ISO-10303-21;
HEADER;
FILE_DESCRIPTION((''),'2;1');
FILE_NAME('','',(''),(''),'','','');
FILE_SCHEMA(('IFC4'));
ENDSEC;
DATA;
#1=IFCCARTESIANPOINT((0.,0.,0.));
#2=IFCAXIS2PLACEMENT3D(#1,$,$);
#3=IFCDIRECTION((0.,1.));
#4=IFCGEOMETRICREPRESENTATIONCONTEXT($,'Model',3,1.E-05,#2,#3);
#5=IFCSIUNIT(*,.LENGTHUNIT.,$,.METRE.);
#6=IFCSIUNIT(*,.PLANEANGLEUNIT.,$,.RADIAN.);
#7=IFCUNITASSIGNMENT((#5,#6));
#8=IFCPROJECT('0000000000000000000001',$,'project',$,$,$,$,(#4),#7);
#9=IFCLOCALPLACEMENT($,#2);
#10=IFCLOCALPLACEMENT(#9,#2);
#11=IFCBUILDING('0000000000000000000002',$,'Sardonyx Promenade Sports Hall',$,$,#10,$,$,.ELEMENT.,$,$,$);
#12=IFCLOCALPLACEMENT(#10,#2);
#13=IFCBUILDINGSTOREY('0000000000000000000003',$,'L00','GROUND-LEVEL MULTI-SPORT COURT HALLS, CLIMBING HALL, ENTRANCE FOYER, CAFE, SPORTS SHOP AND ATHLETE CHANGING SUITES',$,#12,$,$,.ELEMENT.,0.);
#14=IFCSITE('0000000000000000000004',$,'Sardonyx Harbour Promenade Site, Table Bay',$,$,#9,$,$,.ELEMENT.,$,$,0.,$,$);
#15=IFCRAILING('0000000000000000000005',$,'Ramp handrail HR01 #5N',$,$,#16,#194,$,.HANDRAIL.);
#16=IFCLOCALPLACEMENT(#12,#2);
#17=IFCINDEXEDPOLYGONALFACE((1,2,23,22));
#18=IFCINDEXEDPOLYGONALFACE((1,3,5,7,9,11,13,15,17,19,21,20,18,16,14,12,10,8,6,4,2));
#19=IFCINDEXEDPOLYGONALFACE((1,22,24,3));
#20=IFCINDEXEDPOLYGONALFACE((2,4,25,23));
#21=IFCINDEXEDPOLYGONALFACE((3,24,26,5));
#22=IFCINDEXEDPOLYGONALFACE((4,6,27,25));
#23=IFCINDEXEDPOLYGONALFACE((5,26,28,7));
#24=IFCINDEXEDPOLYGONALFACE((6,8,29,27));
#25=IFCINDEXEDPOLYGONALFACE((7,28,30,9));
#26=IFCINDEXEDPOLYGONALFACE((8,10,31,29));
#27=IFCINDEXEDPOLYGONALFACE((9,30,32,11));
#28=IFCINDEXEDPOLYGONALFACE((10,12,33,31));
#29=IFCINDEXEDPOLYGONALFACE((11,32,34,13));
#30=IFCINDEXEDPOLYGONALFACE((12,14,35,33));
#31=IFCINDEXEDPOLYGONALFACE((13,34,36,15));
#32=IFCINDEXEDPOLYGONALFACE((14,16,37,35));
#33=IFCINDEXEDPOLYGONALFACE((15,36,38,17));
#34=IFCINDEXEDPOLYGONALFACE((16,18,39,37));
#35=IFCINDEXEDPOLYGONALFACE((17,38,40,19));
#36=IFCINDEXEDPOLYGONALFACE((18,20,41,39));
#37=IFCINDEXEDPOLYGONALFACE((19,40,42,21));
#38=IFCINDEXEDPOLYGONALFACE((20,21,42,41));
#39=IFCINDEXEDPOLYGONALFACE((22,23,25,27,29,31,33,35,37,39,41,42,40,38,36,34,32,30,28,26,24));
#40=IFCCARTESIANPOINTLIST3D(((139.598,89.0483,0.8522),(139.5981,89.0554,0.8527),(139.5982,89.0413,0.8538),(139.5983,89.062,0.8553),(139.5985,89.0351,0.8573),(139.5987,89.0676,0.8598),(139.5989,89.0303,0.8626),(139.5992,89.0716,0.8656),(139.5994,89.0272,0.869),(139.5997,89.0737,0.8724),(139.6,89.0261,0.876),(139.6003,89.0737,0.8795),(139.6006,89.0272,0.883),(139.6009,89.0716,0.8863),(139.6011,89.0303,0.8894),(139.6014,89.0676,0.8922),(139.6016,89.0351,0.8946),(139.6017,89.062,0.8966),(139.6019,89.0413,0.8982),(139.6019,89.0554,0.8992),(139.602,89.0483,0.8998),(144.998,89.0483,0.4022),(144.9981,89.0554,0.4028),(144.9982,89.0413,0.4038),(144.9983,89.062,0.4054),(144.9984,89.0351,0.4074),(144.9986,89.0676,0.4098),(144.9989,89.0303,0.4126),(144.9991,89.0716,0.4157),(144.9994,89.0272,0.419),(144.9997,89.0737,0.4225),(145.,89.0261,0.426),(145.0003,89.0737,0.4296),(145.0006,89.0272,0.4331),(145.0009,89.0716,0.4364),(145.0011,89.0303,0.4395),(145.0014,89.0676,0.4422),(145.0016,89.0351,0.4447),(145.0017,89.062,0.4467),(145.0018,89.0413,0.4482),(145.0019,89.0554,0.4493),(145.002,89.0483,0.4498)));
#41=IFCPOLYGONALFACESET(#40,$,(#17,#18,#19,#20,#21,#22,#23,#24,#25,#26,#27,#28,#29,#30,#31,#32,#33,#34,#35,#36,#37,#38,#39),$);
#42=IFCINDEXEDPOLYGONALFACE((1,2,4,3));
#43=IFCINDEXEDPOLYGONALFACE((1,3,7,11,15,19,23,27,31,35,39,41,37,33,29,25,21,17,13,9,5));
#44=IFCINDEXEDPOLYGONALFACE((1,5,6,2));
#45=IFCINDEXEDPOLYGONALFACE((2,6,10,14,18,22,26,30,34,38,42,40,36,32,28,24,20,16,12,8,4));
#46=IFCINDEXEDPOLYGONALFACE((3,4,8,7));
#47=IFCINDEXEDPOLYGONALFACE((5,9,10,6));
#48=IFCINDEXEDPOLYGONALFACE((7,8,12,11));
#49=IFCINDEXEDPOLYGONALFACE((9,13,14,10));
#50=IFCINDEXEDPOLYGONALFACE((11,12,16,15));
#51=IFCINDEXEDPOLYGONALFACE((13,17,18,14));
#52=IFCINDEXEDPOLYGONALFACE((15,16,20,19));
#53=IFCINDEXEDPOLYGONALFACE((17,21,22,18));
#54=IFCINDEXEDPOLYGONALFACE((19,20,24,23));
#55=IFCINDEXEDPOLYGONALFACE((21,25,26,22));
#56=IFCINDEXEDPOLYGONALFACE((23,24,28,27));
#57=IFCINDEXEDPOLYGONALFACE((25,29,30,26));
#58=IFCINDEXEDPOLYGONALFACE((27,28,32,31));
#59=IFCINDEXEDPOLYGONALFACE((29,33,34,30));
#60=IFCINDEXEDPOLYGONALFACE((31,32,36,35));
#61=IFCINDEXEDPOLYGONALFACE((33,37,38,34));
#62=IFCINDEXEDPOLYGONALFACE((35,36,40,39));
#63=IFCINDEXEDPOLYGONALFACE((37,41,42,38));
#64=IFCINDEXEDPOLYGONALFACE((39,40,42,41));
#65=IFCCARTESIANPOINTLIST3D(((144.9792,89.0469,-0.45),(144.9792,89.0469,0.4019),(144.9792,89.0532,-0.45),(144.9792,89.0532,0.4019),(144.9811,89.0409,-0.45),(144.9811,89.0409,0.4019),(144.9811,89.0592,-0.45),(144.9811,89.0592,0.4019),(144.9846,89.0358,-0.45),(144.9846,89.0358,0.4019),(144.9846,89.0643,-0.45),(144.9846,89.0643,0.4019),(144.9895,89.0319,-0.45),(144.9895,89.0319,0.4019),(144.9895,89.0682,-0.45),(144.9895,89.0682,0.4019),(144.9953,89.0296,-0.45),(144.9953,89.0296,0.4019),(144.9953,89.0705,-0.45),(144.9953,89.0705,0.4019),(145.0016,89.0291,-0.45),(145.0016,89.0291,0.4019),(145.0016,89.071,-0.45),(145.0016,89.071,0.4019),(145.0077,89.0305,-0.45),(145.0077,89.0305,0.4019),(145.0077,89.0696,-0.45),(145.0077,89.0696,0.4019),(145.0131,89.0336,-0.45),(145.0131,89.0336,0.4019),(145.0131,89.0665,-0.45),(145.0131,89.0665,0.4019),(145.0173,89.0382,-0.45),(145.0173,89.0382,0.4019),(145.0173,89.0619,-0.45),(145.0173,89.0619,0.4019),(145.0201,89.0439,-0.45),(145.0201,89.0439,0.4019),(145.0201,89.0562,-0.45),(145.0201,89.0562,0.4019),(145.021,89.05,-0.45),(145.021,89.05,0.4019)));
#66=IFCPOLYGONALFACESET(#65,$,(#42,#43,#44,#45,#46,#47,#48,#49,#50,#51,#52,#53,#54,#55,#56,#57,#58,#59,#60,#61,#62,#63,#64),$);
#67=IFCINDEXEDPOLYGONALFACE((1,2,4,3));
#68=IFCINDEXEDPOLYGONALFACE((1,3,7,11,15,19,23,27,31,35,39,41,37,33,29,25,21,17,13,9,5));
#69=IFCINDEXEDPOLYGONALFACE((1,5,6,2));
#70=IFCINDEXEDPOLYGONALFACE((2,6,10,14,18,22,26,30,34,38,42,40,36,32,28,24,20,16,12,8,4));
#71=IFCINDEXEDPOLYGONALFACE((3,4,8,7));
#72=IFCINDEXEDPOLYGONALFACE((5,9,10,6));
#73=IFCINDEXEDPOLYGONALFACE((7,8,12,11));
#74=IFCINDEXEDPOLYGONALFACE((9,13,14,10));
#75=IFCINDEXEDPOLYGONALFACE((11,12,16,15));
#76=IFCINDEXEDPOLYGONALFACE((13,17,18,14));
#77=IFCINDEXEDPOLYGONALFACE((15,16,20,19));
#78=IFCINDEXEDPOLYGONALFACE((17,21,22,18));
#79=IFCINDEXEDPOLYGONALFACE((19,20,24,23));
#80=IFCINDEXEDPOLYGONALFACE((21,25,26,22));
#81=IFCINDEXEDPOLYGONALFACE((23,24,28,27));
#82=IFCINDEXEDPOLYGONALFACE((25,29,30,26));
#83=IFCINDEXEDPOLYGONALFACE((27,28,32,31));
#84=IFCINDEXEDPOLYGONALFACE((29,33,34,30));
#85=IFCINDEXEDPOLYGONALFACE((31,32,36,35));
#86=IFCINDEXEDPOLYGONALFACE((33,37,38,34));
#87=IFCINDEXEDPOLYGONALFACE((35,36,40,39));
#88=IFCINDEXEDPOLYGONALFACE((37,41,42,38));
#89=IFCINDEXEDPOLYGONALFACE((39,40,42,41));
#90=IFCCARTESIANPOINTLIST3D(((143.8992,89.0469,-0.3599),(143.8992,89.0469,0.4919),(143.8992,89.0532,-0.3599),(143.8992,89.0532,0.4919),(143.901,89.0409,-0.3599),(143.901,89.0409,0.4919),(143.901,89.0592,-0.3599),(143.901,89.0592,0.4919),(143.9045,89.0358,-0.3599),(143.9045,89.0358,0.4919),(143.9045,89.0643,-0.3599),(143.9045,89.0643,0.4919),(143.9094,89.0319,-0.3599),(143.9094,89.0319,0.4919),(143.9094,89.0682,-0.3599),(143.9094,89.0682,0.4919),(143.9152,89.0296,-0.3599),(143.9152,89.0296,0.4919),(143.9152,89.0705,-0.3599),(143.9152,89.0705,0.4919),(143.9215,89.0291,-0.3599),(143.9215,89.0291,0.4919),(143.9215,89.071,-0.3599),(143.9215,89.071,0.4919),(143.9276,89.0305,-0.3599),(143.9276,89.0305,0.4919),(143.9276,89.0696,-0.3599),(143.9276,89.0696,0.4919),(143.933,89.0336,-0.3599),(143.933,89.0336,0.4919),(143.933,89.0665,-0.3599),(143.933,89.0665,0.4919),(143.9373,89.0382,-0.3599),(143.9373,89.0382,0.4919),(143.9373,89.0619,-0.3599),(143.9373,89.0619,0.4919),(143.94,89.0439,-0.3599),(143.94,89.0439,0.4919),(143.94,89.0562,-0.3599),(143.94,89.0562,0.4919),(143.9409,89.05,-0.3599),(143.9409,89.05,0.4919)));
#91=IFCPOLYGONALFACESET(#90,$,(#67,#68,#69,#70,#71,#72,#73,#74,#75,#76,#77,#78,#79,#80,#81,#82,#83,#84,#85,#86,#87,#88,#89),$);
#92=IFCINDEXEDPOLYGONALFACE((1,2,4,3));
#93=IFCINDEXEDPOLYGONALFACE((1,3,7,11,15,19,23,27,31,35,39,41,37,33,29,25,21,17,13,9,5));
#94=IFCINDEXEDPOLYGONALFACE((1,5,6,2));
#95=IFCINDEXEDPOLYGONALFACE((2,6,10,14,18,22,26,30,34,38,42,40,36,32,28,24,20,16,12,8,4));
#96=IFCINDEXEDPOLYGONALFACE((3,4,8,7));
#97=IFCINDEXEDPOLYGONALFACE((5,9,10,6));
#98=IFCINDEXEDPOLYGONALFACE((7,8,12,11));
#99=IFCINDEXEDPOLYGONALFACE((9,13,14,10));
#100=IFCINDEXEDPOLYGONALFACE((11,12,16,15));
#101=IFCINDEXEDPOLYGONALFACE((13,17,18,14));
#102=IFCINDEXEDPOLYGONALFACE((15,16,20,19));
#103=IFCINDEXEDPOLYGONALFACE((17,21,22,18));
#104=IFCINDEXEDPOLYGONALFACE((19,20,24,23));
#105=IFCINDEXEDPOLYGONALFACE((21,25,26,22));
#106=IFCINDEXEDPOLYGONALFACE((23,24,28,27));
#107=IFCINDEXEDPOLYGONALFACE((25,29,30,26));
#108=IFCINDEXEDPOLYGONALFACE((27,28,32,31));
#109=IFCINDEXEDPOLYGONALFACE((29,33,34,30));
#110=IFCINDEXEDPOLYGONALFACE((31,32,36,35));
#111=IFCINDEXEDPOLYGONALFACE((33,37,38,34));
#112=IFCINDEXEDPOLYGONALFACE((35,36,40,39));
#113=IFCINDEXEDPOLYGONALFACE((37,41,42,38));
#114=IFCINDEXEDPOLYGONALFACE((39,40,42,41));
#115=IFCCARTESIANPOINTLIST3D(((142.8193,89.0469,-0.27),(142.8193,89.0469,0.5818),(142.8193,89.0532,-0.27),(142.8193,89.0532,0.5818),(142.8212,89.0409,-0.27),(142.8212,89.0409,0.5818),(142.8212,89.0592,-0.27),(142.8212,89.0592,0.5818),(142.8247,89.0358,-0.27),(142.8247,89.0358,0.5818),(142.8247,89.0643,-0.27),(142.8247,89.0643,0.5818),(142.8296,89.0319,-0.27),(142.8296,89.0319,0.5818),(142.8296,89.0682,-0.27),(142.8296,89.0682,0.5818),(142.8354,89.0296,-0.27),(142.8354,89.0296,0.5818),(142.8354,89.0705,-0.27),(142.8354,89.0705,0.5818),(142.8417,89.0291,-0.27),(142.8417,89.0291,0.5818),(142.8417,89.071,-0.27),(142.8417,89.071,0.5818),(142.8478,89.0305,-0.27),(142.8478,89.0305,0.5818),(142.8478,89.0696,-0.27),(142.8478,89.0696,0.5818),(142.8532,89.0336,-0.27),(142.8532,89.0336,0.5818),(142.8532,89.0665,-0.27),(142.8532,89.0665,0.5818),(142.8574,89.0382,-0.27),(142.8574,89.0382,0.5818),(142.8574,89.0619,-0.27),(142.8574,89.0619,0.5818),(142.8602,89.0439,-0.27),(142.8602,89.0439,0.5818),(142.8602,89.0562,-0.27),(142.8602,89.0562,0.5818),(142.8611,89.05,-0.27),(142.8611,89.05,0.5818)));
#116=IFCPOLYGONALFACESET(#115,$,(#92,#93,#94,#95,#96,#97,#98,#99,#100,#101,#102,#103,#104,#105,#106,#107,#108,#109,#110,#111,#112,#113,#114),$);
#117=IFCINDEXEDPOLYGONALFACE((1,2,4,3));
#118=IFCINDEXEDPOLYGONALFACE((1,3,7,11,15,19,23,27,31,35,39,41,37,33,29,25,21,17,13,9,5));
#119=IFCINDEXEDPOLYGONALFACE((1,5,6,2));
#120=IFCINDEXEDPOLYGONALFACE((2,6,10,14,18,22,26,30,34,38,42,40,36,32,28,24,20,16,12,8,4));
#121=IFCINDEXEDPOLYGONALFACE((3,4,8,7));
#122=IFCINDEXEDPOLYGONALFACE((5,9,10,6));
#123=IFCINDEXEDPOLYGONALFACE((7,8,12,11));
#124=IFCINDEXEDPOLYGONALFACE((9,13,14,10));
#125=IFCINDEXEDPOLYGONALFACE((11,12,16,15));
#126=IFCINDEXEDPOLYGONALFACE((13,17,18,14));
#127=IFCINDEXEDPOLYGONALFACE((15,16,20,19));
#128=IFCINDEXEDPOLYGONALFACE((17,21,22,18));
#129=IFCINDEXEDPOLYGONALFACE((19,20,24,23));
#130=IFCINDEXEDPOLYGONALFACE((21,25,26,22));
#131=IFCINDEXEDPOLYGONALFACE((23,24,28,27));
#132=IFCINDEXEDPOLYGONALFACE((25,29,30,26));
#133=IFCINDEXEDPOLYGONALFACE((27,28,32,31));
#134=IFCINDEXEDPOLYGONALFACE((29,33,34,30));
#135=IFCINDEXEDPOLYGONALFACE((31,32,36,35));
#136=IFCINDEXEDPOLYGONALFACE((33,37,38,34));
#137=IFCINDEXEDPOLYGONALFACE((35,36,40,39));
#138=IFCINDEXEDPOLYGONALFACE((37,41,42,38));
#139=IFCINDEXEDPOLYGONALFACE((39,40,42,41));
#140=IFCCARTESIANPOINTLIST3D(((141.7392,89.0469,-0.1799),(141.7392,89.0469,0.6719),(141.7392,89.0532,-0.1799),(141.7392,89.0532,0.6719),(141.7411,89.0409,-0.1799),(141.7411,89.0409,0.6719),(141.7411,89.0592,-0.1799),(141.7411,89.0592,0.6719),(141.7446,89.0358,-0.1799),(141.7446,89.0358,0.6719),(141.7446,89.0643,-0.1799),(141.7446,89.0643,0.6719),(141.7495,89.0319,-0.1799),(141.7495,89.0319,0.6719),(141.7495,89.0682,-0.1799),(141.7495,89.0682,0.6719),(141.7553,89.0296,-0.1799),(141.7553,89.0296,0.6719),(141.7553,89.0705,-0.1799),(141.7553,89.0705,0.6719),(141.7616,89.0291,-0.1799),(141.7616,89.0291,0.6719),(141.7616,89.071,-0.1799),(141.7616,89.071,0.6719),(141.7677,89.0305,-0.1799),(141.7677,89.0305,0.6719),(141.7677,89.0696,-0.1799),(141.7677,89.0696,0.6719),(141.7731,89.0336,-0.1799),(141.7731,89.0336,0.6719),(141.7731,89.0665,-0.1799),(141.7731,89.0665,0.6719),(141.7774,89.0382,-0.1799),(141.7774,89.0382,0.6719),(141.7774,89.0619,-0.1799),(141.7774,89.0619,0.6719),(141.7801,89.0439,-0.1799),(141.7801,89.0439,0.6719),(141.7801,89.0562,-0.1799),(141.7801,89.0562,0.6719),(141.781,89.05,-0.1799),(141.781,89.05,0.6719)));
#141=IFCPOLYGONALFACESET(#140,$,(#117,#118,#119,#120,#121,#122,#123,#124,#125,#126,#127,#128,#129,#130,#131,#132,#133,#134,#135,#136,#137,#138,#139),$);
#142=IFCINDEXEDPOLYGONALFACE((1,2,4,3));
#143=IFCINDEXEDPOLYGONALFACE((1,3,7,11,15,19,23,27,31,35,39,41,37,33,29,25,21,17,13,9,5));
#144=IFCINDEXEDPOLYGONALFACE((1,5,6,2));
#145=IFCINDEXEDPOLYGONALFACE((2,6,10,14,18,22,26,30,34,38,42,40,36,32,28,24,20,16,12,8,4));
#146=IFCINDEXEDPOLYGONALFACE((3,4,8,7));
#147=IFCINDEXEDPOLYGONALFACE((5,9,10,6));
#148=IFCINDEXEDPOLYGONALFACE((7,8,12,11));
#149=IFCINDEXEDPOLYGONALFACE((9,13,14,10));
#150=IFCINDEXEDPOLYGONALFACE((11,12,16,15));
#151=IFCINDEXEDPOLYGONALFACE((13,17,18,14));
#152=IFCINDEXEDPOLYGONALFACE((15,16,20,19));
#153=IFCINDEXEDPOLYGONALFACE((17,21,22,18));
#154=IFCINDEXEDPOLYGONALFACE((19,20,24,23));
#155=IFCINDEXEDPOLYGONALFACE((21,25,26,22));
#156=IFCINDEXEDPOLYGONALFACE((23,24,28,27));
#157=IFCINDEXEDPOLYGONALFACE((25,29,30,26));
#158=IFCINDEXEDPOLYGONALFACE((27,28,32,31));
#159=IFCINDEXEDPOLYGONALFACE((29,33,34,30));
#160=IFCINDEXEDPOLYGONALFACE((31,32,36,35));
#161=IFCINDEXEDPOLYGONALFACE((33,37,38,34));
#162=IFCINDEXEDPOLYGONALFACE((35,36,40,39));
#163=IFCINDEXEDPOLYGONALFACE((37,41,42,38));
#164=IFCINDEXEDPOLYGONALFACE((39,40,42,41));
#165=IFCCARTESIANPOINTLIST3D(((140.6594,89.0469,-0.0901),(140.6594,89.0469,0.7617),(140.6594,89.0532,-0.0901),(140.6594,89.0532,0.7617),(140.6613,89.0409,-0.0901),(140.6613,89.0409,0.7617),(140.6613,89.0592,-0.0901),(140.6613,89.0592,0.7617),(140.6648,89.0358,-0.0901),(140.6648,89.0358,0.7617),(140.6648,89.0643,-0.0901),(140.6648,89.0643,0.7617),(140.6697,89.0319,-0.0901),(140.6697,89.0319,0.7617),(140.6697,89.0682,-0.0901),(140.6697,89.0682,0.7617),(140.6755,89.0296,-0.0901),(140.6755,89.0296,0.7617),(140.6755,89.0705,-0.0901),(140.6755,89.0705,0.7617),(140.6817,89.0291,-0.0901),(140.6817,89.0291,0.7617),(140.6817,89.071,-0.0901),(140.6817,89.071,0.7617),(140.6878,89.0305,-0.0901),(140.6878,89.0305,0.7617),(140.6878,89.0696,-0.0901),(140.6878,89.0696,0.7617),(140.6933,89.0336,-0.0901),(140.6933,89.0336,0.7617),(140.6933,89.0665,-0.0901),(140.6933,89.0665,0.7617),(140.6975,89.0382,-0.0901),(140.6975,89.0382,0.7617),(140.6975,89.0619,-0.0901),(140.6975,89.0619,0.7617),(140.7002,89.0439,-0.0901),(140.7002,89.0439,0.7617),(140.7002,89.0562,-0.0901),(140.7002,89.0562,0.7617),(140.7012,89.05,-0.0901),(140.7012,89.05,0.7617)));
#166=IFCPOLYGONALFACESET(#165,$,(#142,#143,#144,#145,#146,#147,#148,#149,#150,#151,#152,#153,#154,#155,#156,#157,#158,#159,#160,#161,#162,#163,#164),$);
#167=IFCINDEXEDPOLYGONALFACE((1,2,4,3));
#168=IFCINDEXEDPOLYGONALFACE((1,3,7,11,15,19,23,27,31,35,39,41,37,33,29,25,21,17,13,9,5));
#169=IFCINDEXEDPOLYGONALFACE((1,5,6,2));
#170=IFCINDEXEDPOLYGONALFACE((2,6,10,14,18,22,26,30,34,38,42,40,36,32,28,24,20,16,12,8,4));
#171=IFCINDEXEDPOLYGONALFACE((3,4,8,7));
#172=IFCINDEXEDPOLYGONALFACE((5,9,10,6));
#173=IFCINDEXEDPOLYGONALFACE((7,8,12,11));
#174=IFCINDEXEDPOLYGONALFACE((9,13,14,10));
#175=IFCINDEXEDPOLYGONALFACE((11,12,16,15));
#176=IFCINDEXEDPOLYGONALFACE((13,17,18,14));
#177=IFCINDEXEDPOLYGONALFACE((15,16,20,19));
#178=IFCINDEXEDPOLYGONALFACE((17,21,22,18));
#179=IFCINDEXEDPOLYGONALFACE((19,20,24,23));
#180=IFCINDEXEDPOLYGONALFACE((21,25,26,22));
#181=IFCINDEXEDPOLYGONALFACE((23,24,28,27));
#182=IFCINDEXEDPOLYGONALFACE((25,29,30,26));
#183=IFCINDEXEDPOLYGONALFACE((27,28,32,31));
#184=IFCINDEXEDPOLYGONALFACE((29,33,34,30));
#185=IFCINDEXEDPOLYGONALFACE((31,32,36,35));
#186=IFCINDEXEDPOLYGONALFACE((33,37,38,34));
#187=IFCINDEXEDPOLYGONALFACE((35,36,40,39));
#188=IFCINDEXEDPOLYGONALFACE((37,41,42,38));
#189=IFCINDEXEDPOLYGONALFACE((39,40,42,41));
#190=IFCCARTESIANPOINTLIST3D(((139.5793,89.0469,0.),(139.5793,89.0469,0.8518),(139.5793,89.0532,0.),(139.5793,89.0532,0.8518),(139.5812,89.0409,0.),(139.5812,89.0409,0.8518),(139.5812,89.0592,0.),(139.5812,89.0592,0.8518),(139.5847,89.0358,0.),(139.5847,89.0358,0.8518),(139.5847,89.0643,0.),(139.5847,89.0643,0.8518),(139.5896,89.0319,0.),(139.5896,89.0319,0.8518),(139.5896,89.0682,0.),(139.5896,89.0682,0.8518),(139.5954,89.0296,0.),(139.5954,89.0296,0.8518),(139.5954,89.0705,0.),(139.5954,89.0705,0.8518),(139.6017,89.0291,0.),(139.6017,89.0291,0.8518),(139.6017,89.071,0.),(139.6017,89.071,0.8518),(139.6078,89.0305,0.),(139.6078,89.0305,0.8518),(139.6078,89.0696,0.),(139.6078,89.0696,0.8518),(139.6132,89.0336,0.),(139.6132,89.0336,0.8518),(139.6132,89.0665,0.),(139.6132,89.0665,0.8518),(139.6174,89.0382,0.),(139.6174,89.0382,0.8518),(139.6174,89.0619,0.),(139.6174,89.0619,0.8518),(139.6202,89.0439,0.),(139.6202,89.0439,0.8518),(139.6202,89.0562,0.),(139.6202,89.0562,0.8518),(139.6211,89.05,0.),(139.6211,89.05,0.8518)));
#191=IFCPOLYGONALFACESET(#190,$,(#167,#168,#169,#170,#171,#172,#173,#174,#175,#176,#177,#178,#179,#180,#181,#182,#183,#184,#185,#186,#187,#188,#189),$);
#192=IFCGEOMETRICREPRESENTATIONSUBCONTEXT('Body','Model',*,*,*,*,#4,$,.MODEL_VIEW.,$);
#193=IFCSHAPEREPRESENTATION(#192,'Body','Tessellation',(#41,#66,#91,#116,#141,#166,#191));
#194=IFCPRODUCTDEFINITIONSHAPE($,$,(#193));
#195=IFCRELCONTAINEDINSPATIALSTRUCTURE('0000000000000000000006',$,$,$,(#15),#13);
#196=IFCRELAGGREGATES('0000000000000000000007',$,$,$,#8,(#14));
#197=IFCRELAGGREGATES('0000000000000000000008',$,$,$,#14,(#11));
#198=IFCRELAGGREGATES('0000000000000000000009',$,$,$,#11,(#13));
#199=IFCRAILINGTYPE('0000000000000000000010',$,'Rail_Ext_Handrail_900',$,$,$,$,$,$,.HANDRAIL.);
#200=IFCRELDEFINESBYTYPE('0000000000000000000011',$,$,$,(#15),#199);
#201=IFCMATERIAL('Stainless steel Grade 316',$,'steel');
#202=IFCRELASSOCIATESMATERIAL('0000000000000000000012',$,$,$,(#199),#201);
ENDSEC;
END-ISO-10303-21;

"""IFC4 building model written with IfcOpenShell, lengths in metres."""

from ifc_helpers import new_model, si_unit, direction, frame, origin, origin_2d, place, context, subcontext, project, spatial, circle, extrude, material, type_object, element, save


model = new_model("IFC4")

# Units and contexts
model_context = context("Model", 3, precision=1e-05, world=origin(), true_north=direction((0.0, 1.0)))
body_context = subcontext(model_context, "Body", "Model", "MODEL_VIEW")
ifc_project = project(units=[si_unit("LENGTHUNIT", "METRE"), si_unit("PLANEANGLEUNIT", "RADIAN")], contexts=[model_context])

# Site, building, storey
site_placement = place(None, origin())
site = spatial("IfcSite", under=ifc_project, at=site_placement, Name="Sardonyx Harbour Promenade Site, Table Bay", CompositionType="ELEMENT", RefElevation=0.0)
building_placement = place(site_placement, origin())
building = spatial("IfcBuilding", under=site, at=building_placement, Name="Sardonyx Promenade Sports Hall", CompositionType="ELEMENT")
storey_placement = place(building_placement, origin())
storey = spatial("IfcBuildingStorey", under=building, at=storey_placement, Name="L00", Description="GROUND-LEVEL MULTI-SPORT COURT HALLS, CLIMBING HALL, ENTRANCE FOYER, CAFE, SPORTS SHOP AND ATHLETE CHANGING SUITES", CompositionType="ELEMENT", Elevation=0.0)

# Railing
ifc_material_1 = material(Name="Stainless steel Grade 316", Category="steel")
railing_type = type_object("IfcRailingType", Name="Rail_Ext_Handrail_900", PredefinedType="HANDRAIL", material=ifc_material_1)
for number, where, name in (
    (1, (145.0, 89.05, -0.45), "Ramp handrail HR01 #5N"),
):
    element("IfcRailing", number, at=place(storey_placement, frame(where)), inside=storey, type_object=railing_type, Name=name, PredefinedType="HANDRAIL", context=body_context, shape_type="SweptSolid", body=[
        extrude(circle(Radius=0.0239, at=origin_2d()), frame((0.0, 0.0, 0.876), z_axis=(-0.996546, 0.0, 0.083038), x_axis=(0.0, -1.0, 0.0)), (0.0, 0.0, 1.0), 5.4187),
        extrude(circle(Radius=0.021, at=origin_2d()), origin(), (0.0, 0.0, 1.0), 0.8518),
        extrude(circle(Radius=0.021, at=origin_2d()), frame((-1.0801, 0.0, 0.0901)), (0.0, 0.0, 1.0), 0.8518),
        extrude(circle(Radius=0.021, at=origin_2d()), frame((-2.1599, 0.0, 0.1799)), (0.0, 0.0, 1.0), 0.8518),
        extrude(circle(Radius=0.021, at=origin_2d()), frame((-3.24, 0.0, 0.27)), (0.0, 0.0, 1.0), 0.8518),
        extrude(circle(Radius=0.021, at=origin_2d()), frame((-4.3198, 0.0, 0.3599)), (0.0, 0.0, 1.0), 0.8518),
        extrude(circle(Radius=0.021, at=origin_2d()), frame((-5.3999, 0.0, 0.45)), (0.0, 0.0, 1.0), 0.8518),
    ])

save(model, "model.ifc")
